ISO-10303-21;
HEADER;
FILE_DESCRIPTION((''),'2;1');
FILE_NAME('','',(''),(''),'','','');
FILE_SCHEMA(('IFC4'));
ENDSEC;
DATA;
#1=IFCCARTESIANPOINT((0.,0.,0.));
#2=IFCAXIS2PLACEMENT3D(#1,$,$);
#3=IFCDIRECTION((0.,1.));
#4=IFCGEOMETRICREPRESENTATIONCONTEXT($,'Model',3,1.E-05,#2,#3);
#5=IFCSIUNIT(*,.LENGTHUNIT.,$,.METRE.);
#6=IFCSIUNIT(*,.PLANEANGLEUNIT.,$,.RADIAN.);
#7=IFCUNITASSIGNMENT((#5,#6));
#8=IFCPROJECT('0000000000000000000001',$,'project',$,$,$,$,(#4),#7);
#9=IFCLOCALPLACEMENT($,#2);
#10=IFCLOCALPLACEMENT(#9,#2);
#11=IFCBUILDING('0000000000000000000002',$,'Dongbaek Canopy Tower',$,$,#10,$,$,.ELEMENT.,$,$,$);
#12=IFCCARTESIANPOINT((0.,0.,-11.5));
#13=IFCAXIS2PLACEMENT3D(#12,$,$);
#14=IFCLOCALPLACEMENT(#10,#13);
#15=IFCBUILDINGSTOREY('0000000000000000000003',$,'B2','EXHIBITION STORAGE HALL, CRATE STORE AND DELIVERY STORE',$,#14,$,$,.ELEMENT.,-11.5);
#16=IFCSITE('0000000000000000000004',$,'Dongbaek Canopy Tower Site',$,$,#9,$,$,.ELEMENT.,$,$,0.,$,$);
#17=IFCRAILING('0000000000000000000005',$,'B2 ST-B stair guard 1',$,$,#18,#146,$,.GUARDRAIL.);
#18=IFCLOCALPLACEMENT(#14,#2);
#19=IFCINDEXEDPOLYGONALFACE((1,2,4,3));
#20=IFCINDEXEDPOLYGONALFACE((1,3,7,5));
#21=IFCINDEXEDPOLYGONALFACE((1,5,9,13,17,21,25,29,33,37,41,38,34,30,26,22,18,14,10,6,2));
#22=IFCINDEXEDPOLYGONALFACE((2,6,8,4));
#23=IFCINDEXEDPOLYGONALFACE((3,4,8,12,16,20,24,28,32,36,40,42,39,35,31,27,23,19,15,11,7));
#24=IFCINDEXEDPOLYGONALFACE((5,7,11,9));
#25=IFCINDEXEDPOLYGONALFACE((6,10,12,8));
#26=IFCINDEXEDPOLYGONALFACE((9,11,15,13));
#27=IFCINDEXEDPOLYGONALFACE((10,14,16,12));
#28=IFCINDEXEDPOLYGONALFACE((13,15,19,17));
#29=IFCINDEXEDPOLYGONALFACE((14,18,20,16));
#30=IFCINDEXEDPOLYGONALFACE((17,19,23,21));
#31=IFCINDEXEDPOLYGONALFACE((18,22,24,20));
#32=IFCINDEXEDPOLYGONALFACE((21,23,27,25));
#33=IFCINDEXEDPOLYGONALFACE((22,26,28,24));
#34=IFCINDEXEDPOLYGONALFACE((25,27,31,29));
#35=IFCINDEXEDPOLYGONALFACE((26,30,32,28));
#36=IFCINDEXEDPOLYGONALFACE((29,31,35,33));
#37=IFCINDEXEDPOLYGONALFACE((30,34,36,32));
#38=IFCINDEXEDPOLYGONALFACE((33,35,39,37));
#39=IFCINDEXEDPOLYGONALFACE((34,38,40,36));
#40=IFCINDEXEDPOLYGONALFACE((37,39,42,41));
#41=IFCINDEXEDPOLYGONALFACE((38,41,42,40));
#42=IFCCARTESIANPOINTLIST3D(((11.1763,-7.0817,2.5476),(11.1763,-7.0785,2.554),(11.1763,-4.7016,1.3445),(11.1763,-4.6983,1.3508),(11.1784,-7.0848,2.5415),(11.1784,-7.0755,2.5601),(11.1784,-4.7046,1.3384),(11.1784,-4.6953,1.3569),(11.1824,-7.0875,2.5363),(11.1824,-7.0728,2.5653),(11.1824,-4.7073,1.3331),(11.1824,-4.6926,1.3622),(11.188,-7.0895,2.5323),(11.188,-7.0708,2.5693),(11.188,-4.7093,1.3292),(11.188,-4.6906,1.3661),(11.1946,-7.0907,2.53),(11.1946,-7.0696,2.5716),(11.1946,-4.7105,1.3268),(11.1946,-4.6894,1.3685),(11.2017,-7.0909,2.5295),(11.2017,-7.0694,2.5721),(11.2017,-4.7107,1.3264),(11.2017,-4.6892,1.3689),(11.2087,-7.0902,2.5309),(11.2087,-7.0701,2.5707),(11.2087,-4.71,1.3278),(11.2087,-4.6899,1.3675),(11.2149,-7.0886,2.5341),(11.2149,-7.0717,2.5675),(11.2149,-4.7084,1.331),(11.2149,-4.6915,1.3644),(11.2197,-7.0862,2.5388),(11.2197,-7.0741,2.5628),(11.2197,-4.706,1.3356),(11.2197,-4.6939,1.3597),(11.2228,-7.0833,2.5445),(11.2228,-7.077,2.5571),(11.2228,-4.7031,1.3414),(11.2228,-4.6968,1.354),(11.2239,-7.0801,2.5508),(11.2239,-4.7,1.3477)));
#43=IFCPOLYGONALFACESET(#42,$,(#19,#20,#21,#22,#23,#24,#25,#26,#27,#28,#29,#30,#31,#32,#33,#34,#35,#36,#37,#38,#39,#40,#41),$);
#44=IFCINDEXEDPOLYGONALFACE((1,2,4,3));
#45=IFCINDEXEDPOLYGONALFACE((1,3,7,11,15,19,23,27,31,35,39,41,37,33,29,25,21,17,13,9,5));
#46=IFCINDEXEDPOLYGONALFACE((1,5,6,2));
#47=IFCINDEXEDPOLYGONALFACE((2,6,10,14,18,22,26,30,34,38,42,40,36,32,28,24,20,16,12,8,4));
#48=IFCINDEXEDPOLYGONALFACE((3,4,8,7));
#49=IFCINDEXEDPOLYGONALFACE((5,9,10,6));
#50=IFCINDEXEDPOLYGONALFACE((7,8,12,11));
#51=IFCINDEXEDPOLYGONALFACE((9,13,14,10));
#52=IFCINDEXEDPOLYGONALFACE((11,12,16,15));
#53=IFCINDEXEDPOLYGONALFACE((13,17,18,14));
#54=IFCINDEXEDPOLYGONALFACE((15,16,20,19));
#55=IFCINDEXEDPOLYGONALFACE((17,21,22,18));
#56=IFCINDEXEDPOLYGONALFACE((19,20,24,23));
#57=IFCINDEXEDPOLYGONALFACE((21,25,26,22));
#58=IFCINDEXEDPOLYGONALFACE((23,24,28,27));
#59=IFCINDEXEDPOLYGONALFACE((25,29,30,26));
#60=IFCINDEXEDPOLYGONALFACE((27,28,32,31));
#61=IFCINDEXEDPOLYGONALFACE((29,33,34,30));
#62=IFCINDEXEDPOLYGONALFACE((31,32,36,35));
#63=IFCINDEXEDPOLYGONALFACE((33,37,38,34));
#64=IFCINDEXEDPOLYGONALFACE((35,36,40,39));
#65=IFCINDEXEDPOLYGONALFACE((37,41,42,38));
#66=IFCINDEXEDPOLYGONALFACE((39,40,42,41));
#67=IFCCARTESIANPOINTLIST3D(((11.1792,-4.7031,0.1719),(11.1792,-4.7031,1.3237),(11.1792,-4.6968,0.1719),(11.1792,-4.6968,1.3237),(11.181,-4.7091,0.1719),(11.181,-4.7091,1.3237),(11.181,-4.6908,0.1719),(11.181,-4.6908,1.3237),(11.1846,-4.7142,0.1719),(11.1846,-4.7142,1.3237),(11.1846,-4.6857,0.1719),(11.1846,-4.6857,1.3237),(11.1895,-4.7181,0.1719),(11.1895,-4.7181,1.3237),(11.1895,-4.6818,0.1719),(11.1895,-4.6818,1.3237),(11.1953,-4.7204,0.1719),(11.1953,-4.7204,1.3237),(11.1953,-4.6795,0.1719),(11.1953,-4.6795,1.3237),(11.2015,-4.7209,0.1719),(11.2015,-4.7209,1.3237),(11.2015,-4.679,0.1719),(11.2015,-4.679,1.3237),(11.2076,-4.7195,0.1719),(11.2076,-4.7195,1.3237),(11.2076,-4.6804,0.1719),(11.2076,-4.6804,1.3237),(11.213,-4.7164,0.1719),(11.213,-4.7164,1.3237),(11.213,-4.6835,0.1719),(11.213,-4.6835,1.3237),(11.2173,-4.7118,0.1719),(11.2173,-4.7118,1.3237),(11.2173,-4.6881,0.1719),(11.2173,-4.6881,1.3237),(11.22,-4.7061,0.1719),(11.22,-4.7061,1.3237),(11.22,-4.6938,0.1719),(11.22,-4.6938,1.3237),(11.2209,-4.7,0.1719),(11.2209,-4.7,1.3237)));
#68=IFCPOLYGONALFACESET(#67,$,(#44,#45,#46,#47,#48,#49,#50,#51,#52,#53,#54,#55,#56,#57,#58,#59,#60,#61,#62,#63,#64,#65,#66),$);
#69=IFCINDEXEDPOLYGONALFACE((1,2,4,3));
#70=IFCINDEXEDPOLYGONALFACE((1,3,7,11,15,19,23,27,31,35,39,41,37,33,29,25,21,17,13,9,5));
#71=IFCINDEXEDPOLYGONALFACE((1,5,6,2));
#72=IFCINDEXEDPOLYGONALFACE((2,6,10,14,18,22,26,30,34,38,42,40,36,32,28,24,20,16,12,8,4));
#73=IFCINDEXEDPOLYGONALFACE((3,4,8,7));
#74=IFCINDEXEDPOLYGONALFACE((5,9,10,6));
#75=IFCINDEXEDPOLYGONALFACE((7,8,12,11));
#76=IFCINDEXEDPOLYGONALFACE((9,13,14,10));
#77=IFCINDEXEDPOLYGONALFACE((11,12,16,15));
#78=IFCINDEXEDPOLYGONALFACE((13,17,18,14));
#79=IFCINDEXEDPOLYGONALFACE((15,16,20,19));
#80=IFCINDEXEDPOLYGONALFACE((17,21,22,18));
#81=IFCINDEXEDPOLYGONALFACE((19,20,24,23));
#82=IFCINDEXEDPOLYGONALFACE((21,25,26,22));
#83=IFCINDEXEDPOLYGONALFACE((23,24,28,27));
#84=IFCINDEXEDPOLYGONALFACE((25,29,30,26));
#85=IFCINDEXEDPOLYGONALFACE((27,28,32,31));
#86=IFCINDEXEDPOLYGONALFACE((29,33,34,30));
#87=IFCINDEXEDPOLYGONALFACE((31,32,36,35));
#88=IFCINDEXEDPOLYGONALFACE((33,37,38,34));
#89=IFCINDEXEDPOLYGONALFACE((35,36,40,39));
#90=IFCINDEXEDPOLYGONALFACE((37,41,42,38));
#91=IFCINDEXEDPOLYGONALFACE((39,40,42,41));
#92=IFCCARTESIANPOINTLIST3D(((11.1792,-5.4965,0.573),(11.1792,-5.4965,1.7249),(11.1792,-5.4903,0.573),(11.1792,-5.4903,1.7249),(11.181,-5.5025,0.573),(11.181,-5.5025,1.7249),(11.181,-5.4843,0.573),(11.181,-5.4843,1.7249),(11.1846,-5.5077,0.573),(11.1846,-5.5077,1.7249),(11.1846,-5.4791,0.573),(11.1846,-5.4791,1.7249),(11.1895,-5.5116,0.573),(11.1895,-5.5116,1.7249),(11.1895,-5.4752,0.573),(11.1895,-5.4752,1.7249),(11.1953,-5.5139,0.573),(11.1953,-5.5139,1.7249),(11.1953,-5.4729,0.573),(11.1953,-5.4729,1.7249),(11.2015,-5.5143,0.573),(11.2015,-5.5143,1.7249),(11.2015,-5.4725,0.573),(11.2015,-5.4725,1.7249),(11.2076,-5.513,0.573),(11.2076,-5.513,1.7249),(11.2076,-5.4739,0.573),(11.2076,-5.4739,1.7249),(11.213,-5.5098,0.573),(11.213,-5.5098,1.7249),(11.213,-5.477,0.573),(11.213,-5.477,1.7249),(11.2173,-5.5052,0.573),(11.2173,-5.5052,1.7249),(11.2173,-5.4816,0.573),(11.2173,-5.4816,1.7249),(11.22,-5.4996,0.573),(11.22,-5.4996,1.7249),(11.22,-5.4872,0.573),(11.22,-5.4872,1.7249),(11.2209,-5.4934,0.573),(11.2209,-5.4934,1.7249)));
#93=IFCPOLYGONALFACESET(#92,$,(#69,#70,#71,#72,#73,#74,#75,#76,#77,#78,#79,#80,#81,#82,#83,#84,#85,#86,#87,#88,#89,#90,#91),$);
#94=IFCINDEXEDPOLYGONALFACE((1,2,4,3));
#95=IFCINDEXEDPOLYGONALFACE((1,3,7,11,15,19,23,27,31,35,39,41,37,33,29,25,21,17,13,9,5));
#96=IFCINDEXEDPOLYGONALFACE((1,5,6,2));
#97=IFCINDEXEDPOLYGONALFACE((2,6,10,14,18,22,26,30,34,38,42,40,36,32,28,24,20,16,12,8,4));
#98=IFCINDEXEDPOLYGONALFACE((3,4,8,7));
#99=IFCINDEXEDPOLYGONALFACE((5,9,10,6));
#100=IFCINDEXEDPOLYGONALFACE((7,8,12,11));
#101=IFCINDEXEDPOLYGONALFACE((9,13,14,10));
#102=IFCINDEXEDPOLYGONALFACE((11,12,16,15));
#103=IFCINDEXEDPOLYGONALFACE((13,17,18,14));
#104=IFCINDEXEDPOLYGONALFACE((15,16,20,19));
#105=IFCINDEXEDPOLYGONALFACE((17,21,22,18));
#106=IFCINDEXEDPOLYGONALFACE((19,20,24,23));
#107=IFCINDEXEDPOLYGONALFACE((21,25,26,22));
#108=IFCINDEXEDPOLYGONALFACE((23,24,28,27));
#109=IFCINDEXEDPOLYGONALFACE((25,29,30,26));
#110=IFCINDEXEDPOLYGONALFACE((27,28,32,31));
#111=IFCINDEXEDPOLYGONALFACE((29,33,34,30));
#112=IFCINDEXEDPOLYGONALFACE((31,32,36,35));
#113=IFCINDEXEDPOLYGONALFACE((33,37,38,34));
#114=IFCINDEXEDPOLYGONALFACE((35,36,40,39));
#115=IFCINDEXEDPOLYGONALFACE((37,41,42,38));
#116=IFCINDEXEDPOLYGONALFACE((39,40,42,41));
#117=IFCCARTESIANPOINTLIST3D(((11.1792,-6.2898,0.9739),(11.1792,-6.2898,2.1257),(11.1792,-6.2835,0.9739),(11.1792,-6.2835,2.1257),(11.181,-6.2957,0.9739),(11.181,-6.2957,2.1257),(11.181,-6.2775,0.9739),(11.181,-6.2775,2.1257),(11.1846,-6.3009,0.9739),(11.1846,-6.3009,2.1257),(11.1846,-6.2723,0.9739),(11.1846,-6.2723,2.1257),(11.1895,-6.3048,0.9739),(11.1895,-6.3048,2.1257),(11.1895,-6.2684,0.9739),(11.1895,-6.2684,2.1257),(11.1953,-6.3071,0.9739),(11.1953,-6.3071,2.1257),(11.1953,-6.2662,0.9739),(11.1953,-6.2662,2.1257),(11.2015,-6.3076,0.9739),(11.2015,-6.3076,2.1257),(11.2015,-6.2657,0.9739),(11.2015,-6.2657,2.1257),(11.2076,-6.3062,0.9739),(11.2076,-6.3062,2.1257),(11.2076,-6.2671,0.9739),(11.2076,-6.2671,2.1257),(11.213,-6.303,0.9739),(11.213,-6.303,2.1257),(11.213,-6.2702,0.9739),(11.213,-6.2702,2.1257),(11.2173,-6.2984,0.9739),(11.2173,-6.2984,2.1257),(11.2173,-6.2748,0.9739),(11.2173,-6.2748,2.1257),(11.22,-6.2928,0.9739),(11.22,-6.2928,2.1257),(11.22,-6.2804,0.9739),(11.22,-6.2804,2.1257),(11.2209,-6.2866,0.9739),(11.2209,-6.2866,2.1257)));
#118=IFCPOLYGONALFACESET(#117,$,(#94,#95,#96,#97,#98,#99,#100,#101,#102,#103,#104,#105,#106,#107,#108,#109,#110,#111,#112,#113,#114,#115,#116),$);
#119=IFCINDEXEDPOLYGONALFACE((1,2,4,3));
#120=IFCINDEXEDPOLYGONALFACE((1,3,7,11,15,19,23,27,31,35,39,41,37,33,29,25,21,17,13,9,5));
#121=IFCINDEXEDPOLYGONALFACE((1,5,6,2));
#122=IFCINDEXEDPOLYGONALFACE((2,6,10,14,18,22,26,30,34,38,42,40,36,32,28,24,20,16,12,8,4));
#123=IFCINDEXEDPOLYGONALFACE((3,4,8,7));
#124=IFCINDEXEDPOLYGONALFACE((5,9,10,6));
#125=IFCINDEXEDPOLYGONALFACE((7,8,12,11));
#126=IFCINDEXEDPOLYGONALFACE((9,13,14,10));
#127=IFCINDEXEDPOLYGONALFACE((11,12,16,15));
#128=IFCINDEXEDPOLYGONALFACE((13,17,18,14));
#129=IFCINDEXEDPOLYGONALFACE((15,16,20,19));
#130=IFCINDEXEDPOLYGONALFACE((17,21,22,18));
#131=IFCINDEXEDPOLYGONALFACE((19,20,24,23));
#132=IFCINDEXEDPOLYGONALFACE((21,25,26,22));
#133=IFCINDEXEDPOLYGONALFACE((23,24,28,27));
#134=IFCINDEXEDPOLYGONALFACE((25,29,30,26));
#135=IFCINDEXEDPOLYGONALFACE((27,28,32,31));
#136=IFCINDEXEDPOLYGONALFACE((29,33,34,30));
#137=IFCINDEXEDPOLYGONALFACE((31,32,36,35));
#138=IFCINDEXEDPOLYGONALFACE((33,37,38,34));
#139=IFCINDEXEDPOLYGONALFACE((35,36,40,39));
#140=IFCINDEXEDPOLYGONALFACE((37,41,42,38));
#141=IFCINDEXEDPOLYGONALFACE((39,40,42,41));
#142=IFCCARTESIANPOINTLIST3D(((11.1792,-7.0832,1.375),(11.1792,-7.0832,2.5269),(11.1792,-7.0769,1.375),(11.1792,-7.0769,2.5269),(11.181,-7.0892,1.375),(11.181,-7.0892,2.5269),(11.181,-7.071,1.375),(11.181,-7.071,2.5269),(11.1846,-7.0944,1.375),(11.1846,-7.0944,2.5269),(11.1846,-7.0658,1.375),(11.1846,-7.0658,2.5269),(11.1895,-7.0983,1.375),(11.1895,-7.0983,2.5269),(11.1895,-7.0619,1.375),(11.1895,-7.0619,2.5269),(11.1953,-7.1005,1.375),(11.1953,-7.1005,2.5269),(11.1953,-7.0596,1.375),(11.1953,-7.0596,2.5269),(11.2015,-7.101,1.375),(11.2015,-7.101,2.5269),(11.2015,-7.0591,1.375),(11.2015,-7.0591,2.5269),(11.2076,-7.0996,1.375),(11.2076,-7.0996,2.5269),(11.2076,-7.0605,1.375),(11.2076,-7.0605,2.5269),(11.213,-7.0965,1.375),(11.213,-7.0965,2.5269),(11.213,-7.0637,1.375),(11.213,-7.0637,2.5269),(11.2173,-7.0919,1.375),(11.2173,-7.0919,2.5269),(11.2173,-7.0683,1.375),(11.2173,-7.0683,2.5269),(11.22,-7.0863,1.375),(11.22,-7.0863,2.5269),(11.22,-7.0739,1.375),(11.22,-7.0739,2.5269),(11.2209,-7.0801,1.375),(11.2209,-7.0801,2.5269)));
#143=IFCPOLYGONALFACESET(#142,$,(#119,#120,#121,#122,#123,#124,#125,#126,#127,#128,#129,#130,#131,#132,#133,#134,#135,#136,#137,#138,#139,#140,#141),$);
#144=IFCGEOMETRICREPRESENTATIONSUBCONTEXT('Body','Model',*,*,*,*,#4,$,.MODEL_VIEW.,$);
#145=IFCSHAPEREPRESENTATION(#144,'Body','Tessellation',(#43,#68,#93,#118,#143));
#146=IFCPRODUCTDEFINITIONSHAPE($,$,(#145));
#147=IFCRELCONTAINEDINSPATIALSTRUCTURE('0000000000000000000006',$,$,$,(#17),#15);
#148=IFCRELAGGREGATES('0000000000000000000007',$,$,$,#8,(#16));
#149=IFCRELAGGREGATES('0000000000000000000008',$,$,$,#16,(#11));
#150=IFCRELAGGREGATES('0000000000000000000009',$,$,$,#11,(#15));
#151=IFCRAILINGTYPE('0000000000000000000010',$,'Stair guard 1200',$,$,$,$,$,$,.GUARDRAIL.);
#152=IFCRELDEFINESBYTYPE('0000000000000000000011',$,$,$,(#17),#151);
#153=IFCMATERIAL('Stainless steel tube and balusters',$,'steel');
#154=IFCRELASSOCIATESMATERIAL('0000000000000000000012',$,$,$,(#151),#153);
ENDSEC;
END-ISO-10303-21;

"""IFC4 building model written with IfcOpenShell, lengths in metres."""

from ifc_helpers import new_model, si_unit, direction, frame, origin, origin_2d, place, context, subcontext, project, spatial, circle, extrude, material, type_object, element, save


model = new_model("IFC4")

# Units and contexts
model_context = context("Model", 3, precision=1e-05, world=origin(), true_north=direction((0.0, 1.0)))
body_context = subcontext(model_context, "Body", "Model", "MODEL_VIEW")
ifc_project = project(units=[si_unit("LENGTHUNIT", "METRE"), si_unit("PLANEANGLEUNIT", "RADIAN")], contexts=[model_context])

# Site, building, storey
site_placement = place(None, origin())
site = spatial("IfcSite", under=ifc_project, at=site_placement, Name="Dongbaek Canopy Tower Site", CompositionType="ELEMENT", RefElevation=0.0)
building_placement = place(site_placement, origin())
building = spatial("IfcBuilding", under=site, at=building_placement, Name="Dongbaek Canopy Tower", CompositionType="ELEMENT")
storey_placement = place(building_placement, frame((0.0, 0.0, -11.5)))
storey = spatial("IfcBuildingStorey", under=building, at=storey_placement, Name="B2", Description="EXHIBITION STORAGE HALL, CRATE STORE AND DELIVERY STORE", CompositionType="ELEMENT", Elevation=-11.5)

# Railing
ifc_material_1 = material(Name="Stainless steel tube and balusters", Category="steel")
railing_type = type_object("IfcRailingType", Name="Stair guard 1200", PredefinedType="GUARDRAIL", material=ifc_material_1)
railing_1_placement = place(storey_placement, frame((11.2, -4.7, 0.1719)))
element("IfcRailing", 1, at=railing_1_placement, inside=storey, type_object=railing_type, Name="B2 ST-B stair guard 1", PredefinedType="GUARDRAIL", context=body_context, shape_type="SweptSolid", body=[
    extrude(circle(Radius=0.0239, at=origin_2d()), frame((0.0, 0.0, 1.1758), z_axis=(0.0, -0.89246, 0.451127), x_axis=(1.0, 0.0, 0.0)), (0.0, 0.0, 1.0), 2.667),
    extrude(circle(Radius=0.021, at=origin_2d()), origin(), (0.0, 0.0, 1.0), 1.1519),
    extrude(circle(Radius=0.021, at=origin_2d()), frame((0.0, -0.7935, 0.4011)), (0.0, 0.0, 1.0), 1.1519),
    extrude(circle(Radius=0.021, at=origin_2d()), frame((0.0, -1.5867, 0.802)), (0.0, 0.0, 1.0), 1.1519),
    extrude(circle(Radius=0.021, at=origin_2d()), frame((0.0, -2.3801, 1.2031)), (0.0, 0.0, 1.0), 1.1519),
])

save(model, "model.ifc")
